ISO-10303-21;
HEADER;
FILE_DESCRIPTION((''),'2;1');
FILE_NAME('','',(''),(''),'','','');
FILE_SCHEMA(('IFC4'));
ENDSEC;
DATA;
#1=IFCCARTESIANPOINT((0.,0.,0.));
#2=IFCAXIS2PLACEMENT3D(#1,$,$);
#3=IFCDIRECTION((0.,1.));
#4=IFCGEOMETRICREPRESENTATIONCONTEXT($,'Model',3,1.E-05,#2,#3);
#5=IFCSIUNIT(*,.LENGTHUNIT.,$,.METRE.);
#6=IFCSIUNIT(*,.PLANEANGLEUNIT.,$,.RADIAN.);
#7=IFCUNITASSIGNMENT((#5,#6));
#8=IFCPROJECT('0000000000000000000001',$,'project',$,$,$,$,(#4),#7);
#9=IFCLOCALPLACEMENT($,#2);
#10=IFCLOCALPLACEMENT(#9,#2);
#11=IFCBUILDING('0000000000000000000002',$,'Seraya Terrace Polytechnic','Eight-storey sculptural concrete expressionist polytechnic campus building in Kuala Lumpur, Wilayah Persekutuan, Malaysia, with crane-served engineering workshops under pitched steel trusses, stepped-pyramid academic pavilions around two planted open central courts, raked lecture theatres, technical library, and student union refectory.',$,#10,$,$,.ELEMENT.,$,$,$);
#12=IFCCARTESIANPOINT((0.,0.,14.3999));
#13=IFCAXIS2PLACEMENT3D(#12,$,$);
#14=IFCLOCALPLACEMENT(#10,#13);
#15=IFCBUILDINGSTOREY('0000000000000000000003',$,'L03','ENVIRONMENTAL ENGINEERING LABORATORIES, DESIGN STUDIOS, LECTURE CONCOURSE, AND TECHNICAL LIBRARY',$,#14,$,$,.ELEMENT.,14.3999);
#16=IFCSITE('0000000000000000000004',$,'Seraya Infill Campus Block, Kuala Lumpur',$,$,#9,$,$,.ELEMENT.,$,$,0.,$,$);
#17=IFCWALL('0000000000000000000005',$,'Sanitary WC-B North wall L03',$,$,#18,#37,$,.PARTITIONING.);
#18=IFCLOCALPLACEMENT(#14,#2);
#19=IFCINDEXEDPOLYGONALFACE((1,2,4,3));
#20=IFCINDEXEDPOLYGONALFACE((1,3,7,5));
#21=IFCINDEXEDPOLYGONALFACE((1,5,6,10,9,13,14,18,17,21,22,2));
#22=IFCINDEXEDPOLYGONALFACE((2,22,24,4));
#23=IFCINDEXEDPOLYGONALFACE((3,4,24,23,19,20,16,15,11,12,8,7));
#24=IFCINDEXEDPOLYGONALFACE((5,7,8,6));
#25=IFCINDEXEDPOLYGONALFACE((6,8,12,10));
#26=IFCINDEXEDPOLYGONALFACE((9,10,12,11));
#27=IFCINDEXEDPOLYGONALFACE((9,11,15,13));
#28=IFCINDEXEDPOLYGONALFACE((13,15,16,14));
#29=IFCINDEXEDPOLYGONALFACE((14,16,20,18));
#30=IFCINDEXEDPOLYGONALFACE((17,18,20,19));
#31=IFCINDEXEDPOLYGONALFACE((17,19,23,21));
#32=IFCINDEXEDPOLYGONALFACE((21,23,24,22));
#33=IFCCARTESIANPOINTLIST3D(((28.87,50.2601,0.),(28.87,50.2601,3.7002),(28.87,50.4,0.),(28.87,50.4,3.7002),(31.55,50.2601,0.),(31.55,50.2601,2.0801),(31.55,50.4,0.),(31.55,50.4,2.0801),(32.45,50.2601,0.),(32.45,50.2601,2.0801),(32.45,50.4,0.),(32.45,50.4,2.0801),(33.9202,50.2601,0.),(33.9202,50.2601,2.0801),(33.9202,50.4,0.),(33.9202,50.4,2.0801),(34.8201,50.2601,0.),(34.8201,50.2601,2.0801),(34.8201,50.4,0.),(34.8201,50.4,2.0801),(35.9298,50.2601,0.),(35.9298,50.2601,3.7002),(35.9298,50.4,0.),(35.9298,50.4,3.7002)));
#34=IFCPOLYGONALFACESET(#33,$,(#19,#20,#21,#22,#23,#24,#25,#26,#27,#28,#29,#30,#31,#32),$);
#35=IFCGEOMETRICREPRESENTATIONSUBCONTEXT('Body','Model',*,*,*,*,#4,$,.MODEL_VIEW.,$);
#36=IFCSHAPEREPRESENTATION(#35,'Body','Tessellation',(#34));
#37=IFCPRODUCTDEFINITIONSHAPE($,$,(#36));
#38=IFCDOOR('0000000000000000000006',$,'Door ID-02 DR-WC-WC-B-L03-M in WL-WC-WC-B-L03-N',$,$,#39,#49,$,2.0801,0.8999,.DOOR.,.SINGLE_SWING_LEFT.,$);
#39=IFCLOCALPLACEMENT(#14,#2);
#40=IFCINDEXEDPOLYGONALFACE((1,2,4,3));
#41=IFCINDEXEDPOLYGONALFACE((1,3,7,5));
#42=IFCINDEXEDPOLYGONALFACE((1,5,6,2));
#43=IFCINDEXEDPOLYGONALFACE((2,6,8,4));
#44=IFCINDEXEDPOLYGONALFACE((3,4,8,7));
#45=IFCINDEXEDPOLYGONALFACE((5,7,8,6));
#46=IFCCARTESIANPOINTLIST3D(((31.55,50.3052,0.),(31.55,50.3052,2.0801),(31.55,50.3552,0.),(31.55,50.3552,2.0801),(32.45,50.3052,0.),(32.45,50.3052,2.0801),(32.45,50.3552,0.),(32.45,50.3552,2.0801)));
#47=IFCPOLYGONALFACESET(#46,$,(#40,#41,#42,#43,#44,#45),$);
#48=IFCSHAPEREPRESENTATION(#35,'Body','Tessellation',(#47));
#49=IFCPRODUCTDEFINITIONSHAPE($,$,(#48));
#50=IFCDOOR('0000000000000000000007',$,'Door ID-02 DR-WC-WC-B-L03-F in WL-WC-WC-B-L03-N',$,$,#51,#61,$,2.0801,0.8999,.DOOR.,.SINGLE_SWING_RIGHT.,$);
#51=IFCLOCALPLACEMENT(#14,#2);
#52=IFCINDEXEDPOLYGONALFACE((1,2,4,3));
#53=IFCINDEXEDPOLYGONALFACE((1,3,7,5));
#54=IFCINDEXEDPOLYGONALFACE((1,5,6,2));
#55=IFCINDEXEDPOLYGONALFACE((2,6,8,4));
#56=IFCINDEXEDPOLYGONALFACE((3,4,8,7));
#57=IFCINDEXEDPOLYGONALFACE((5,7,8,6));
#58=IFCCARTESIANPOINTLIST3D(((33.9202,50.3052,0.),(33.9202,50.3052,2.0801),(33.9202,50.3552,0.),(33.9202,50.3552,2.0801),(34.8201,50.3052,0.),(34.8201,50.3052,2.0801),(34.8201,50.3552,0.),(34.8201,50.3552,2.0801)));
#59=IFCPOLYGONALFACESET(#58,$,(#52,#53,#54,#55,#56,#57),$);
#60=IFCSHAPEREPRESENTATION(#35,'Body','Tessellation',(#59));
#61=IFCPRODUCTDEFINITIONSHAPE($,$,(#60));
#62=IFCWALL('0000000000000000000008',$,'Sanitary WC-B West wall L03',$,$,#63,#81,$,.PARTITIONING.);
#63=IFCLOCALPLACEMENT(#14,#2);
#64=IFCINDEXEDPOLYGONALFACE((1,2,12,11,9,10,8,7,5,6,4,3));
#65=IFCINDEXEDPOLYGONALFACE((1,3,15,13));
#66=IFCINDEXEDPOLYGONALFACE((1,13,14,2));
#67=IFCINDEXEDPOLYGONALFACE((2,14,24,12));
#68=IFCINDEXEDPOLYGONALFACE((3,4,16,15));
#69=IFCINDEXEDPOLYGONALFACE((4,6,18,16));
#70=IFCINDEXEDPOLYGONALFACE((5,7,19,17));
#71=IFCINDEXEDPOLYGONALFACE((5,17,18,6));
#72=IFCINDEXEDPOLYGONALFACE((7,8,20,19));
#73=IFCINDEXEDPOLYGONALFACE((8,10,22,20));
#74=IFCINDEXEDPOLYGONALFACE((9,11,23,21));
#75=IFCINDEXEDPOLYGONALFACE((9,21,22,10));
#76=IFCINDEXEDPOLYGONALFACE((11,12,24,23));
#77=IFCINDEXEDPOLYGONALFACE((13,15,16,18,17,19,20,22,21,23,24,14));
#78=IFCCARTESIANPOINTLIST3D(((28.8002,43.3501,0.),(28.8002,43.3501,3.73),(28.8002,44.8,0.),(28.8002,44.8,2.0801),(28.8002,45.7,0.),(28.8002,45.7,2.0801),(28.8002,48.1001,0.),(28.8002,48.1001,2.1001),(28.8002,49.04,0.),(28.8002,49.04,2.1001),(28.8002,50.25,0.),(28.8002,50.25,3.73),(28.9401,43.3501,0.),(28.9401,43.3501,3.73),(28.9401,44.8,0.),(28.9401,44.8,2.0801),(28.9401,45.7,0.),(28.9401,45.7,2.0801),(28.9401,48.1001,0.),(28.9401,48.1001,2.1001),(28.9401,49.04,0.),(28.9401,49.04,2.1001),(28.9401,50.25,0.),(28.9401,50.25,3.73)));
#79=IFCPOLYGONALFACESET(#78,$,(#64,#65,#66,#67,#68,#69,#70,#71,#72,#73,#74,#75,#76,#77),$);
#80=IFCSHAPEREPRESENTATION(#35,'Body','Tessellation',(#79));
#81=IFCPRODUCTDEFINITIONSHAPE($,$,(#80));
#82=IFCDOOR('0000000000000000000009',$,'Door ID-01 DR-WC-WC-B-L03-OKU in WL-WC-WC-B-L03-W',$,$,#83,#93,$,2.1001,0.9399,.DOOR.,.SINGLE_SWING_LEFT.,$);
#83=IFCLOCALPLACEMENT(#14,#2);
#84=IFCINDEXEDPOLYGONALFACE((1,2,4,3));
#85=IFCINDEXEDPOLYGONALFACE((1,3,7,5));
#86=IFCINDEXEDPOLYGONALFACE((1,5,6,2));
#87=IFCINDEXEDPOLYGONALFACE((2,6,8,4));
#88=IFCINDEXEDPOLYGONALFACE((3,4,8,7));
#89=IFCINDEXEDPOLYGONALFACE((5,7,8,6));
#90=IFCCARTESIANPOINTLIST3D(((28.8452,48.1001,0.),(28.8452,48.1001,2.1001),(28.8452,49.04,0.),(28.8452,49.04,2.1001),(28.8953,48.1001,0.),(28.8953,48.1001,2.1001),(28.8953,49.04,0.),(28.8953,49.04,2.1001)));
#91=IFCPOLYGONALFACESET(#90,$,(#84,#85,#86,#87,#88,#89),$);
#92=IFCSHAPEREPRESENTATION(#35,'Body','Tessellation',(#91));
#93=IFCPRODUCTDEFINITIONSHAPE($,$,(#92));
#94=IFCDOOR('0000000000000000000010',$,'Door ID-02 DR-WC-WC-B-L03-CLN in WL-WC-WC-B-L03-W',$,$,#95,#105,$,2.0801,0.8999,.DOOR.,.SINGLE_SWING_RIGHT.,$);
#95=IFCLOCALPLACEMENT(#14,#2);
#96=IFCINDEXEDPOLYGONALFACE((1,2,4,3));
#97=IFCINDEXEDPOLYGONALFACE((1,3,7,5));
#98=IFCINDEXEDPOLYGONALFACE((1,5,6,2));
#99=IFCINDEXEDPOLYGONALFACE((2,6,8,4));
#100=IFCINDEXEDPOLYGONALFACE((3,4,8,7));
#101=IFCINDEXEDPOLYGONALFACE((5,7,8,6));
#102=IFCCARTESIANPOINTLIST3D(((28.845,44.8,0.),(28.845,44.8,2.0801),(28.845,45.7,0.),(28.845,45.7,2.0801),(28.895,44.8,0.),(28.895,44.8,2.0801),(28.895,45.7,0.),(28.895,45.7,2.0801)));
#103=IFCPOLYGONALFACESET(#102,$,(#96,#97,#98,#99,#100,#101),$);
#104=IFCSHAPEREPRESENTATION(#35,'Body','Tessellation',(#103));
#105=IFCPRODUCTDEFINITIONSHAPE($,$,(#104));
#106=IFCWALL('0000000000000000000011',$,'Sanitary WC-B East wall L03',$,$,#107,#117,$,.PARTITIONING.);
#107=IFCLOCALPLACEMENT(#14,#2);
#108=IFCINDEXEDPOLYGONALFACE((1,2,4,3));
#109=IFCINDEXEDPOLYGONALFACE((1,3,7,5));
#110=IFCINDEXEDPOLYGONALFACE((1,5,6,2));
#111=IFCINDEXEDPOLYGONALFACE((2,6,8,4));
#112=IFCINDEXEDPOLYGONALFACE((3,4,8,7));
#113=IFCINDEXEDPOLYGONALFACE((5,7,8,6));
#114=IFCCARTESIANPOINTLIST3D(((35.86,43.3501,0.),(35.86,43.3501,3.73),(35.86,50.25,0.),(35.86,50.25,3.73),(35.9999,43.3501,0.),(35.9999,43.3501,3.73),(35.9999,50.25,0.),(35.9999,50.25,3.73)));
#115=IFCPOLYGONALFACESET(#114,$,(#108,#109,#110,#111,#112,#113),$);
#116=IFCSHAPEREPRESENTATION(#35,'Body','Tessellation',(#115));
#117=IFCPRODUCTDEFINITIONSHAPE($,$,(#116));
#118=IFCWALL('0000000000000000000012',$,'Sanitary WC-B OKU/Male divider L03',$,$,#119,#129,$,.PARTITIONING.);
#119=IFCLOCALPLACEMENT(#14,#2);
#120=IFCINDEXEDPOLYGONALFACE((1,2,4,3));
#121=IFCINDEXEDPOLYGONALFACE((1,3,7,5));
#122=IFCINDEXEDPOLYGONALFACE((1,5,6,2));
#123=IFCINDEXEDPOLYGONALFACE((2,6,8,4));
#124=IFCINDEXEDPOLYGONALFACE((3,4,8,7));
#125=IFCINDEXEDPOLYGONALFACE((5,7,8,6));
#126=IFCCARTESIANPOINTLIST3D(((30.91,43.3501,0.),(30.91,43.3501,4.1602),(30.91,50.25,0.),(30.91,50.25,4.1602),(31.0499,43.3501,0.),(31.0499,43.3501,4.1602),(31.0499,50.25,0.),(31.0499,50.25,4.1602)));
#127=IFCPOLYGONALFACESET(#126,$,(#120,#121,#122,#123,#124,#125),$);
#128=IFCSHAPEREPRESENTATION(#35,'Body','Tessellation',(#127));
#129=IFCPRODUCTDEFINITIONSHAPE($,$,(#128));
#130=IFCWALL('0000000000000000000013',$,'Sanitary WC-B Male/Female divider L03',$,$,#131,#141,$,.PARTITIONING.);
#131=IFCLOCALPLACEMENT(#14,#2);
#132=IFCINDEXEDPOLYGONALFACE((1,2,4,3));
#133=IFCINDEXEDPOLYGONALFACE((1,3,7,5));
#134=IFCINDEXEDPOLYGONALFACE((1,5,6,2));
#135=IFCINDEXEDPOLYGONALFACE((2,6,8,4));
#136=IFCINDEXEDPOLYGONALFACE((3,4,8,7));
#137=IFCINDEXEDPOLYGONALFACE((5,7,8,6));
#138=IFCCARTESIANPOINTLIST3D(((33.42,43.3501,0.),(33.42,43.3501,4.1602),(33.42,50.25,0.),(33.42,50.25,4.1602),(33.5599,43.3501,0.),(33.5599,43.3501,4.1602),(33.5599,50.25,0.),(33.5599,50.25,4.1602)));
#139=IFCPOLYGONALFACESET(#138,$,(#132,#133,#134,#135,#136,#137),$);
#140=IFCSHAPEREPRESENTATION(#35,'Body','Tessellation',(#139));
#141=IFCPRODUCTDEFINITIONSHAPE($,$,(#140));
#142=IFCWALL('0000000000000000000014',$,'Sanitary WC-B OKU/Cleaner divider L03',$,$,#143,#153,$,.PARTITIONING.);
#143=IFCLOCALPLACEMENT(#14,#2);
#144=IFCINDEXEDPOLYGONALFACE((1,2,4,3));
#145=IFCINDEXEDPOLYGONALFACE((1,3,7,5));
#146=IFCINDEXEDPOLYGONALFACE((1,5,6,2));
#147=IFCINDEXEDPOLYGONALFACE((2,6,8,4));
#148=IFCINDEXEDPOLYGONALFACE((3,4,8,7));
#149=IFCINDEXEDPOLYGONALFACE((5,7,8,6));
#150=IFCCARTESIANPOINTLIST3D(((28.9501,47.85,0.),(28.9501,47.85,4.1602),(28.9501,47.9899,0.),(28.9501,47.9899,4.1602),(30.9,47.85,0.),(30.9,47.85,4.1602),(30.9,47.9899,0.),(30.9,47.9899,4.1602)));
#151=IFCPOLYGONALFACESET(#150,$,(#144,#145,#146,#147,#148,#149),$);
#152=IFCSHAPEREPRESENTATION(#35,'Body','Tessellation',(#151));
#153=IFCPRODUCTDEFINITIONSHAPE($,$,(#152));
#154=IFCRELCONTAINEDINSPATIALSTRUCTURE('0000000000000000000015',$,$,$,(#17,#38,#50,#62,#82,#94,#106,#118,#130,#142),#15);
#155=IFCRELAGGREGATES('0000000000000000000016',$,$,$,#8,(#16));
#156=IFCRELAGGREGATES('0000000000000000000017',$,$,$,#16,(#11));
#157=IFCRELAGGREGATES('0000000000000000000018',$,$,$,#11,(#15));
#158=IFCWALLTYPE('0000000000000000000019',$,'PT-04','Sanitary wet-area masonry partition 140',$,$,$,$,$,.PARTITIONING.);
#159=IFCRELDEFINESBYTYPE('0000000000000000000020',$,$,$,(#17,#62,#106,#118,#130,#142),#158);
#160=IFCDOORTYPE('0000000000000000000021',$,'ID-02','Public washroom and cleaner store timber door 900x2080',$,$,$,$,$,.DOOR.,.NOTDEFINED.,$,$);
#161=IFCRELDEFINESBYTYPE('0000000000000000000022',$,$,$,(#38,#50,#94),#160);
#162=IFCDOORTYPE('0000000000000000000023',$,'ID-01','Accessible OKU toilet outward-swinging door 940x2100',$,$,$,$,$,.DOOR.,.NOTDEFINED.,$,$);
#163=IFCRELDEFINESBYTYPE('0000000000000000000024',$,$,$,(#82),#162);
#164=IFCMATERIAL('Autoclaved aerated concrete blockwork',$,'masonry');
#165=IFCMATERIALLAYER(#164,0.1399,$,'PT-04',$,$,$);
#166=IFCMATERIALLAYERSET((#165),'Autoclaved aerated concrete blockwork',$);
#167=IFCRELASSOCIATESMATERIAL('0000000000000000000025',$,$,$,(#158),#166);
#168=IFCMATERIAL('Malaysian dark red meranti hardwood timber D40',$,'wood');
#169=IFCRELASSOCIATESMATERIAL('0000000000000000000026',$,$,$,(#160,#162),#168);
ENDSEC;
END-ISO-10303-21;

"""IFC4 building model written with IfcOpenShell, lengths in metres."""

from ifc_helpers import new_model, si_unit, direction, frame, frame_2d, origin, place, context, subcontext, project, spatial, rectangle, extrude, material, layer, layer_set, type_object, element, fill, save


model = new_model("IFC4")

# Units and contexts
model_context = context("Model", 3, precision=1e-05, world=origin(), true_north=direction((0.0, 1.0)))
body_context = subcontext(model_context, "Body", "Model", "MODEL_VIEW")
ifc_project = project(units=[si_unit("LENGTHUNIT", "METRE"), si_unit("PLANEANGLEUNIT", "RADIAN")], contexts=[model_context])

# Site, building, storey
site_placement = place(None, origin())
site = spatial("IfcSite", under=ifc_project, at=site_placement, Name="Seraya Infill Campus Block, Kuala Lumpur", CompositionType="ELEMENT", RefElevation=0.0)
building_placement = place(site_placement, origin())
building = spatial("IfcBuilding", under=site, at=building_placement, Name="Seraya Terrace Polytechnic", Description="Eight-storey sculptural concrete expressionist polytechnic campus building in Kuala Lumpur, Wilayah Persekutuan, Malaysia, with crane-served engineering workshops under pitched steel trusses, stepped-pyramid academic pavilions around two planted open central courts, raked lecture theatres, technical library, and student union refectory.", CompositionType="ELEMENT")
storey_placement = place(building_placement, frame((0.0, 0.0, 14.3999)))
storey = spatial("IfcBuildingStorey", under=building, at=storey_placement, Name="L03", Description="ENVIRONMENTAL ENGINEERING LABORATORIES, DESIGN STUDIOS, LECTURE CONCOURSE, AND TECHNICAL LIBRARY", CompositionType="ELEMENT", Elevation=14.3999)

# Shared definitions
ifc_material_1 = material(Name="Autoclaved aerated concrete blockwork", Category="masonry")
ifc_layer = layer(ifc_material_1, 0.1399, Name="PT-04")
ifc_layer_set = layer_set([ifc_layer], Name="Autoclaved aerated concrete blockwork")
wall_type = type_object("IfcWallType", Name="PT-04", Description="Sanitary wet-area masonry partition 140", PredefinedType="PARTITIONING", material=ifc_layer_set)

# Walls, openings, doors
wall_1_placement = place(storey_placement, frame((28.8701, 50.3301, 0.0), z_axis=(0.0, 0.0, 1.0), x_axis=(1.0, 0.0, 0.0)))
wall_1 = element("IfcWall", 1, at=wall_1_placement, inside=storey, type_object=wall_type, Name="Sanitary WC-B North wall L03", PredefinedType="PARTITIONING", context=body_context, shape_type="SweptSolid", body=[
    extrude(rectangle(XDim=7.0598, YDim=0.1399, at=frame_2d((3.5298, 0.0))), origin(), (0.0, 0.0, 1.0), 3.7002),
])
opening_1_placement = place(wall_1_placement, frame((2.6799, 0.0, 0.0)))
opening_1 = element("IfcOpeningElement", 2, at=opening_1_placement, cuts=wall_1, PredefinedType="OPENING", context=body_context, shape_type="SweptSolid", body=[
    extrude(rectangle(XDim=0.8999, YDim=2.0801, at=frame_2d((0.45, 1.04))), frame((0.0, 0.082, 0.0), z_axis=(0.0, -1.0, 0.0), x_axis=(1.0, 0.0, 0.0)), (0.0, 0.0, 1.0), 0.1638),
])
opening_2_placement = place(wall_1_placement, frame((5.05, 0.0, 0.0)))
opening_2 = element("IfcOpeningElement", 3, at=opening_2_placement, cuts=wall_1, PredefinedType="OPENING", context=body_context, shape_type="SweptSolid", body=[
    extrude(rectangle(XDim=0.8999, YDim=2.0801, at=frame_2d((0.45, 1.04))), frame((0.0, 0.082, 0.0), z_axis=(0.0, -1.0, 0.0), x_axis=(1.0, 0.0, 0.0)), (0.0, 0.0, 1.0), 0.1638),
])
ifc_material_2 = material(Name="Malaysian dark red meranti hardwood timber D40", Category="wood")
door_type_1 = type_object("IfcDoorType", Name="ID-02", Description="Public washroom and cleaner store timber door 900x2080", OperationType="NOTDEFINED", PredefinedType="DOOR", material=ifc_material_2)
door_1_placement = place(opening_1_placement, frame((0.8999, 0.0, 0.0), z_axis=(0.0, 0.0, 1.0), x_axis=(-1.0, 0.0, 0.0)))
door_1 = element("IfcDoor", 4, at=door_1_placement, inside=storey, type_object=door_type_1, Name="Door ID-02 DR-WC-WC-B-L03-M in WL-WC-WC-B-L03-N", OperationType="SINGLE_SWING_LEFT", OverallHeight=2.0801, OverallWidth=0.8999, PredefinedType="DOOR", context=body_context, shape_type="SweptSolid", body=[
    extrude(rectangle(XDim=0.8999, YDim=2.0801, at=frame_2d((0.45, 1.04))), frame((0.0, 0.0249, 0.0), z_axis=(0.0, -1.0, 0.0), x_axis=(1.0, 0.0, 0.0)), (0.0, 0.0, 1.0), 0.05),
])
fill(opening_1, door_1)
door_2_placement = place(opening_2_placement, frame((0.8999, 0.0, 0.0), z_axis=(0.0, 0.0, 1.0), x_axis=(-1.0, 0.0, 0.0)))
door_2 = element("IfcDoor", 5, at=door_2_placement, inside=storey, type_object=door_type_1, Name="Door ID-02 DR-WC-WC-B-L03-F in WL-WC-WC-B-L03-N", OperationType="SINGLE_SWING_RIGHT", OverallHeight=2.0801, OverallWidth=0.8999, PredefinedType="DOOR", context=body_context, shape_type="SweptSolid", body=[
    extrude(rectangle(XDim=0.8999, YDim=2.0801, at=frame_2d((0.45, 1.04))), frame((0.0, 0.0249, 0.0), z_axis=(0.0, -1.0, 0.0), x_axis=(1.0, 0.0, 0.0)), (0.0, 0.0, 1.0), 0.05),
])
fill(opening_2, door_2)
wall_2_placement = place(storey_placement, frame((28.8701, 43.3501, 0.0), z_axis=(0.0, 0.0, 1.0), x_axis=(0.0, 1.0, 0.0)))
wall_2 = element("IfcWall", 6, at=wall_2_placement, inside=storey, type_object=wall_type, Name="Sanitary WC-B West wall L03", PredefinedType="PARTITIONING", context=body_context, shape_type="SweptSolid", body=[
    extrude(rectangle(XDim=6.8999, YDim=0.1399, at=frame_2d((3.45, 0.0))), origin(), (0.0, 0.0, 1.0), 3.73),
])
opening_3_placement = place(wall_2_placement, frame((1.45, 0.0, 0.0)))
opening_3 = element("IfcOpeningElement", 7, at=opening_3_placement, cuts=wall_2, PredefinedType="OPENING", context=body_context, shape_type="SweptSolid", body=[
    extrude(rectangle(XDim=0.8999, YDim=2.0801, at=frame_2d((0.45, 1.04))), frame((0.0, 0.082, 0.0), z_axis=(0.0, -1.0, 0.0), x_axis=(1.0, 0.0, 0.0)), (0.0, 0.0, 1.0), 0.1638),
])
opening_4_placement = place(wall_2_placement, frame((4.75, 0.0, 0.0)))
opening_4 = element("IfcOpeningElement", 8, at=opening_4_placement, cuts=wall_2, PredefinedType="OPENING", context=body_context, shape_type="SweptSolid", body=[
    extrude(rectangle(XDim=0.9399, YDim=2.1001, at=frame_2d((0.47, 1.05))), frame((0.0, 0.082, 0.0), z_axis=(0.0, -1.0, 0.0), x_axis=(1.0, 0.0, 0.0)), (0.0, 0.0, 1.0), 0.1638),
])
door_type_2 = type_object("IfcDoorType", Name="ID-01", Description="Accessible OKU toilet outward-swinging door 940x2100", OperationType="NOTDEFINED", PredefinedType="DOOR", material=ifc_material_2)
door_3_placement = place(opening_4_placement, origin())
door_3 = element("IfcDoor", 9, at=door_3_placement, inside=storey, type_object=door_type_2, Name="Door ID-01 DR-WC-WC-B-L03-OKU in WL-WC-WC-B-L03-W", OperationType="SINGLE_SWING_LEFT", OverallHeight=2.1001, OverallWidth=0.9399, PredefinedType="DOOR", context=body_context, shape_type="SweptSolid", body=[
    extrude(rectangle(XDim=0.9399, YDim=2.1001, at=frame_2d((0.47, 1.05))), frame((0.0, 0.0249, 0.0), z_axis=(0.0, -1.0, 0.0), x_axis=(1.0, 0.0, 0.0)), (0.0, 0.0, 1.0), 0.05),
])
fill(opening_4, door_3)
door_4_placement = place(opening_3_placement, frame((0.8999, 0.0, 0.0), z_axis=(0.0, 0.0, 1.0), x_axis=(-1.0, 0.0, 0.0)))
door_4 = element("IfcDoor", 10, at=door_4_placement, inside=storey, type_object=door_type_1, Name="Door ID-02 DR-WC-WC-B-L03-CLN in WL-WC-WC-B-L03-W", OperationType="SINGLE_SWING_RIGHT", OverallHeight=2.0801, OverallWidth=0.8999, PredefinedType="DOOR", context=body_context, shape_type="SweptSolid", body=[
    extrude(rectangle(XDim=0.8999, YDim=2.0801, at=frame_2d((0.45, 1.04))), frame((0.0, 0.0249, 0.0), z_axis=(0.0, -1.0, 0.0), x_axis=(1.0, 0.0, 0.0)), (0.0, 0.0, 1.0), 0.05),
])
fill(opening_3, door_4)

# Walls
wall_3_placement = place(storey_placement, frame((35.9299, 43.3501, 0.0), z_axis=(0.0, 0.0, 1.0), x_axis=(0.0, 1.0, 0.0)))
element("IfcWall", 11, at=wall_3_placement, inside=storey, type_object=wall_type, Name="Sanitary WC-B East wall L03", PredefinedType="PARTITIONING", context=body_context, shape_type="SweptSolid", body=[
    extrude(rectangle(XDim=6.8999, YDim=0.1399, at=frame_2d((3.45, 0.0))), origin(), (0.0, 0.0, 1.0), 3.73),
])
for number, where, z_axis, x_axis, name in (
    (12, (30.98, 43.3501, 0.0), (0.0, 0.0, 1.0), (0.0, 1.0, 0.0), "Sanitary WC-B OKU/Male divider L03"),
    (13, (33.49, 43.3501, 0.0), (0.0, 0.0, 1.0), (0.0, 1.0, 0.0), "Sanitary WC-B Male/Female divider L03"),
):
    element("IfcWall", number, at=place(storey_placement, frame(where, z_axis=z_axis, x_axis=x_axis)), inside=storey, type_object=wall_type, Name=name, PredefinedType="PARTITIONING", context=body_context, shape_type="SweptSolid", body=[
        extrude(rectangle(XDim=6.8999, YDim=0.1399, at=frame_2d((3.45, 0.0))), origin(), (0.0, 0.0, 1.0), 4.1602),
    ])
wall_4_placement = place(storey_placement, frame((28.95, 47.9199, 0.0), z_axis=(0.0, 0.0, 1.0), x_axis=(1.0, 0.0, 0.0)))
element("IfcWall", 14, at=wall_4_placement, inside=storey, type_object=wall_type, Name="Sanitary WC-B OKU/Cleaner divider L03", PredefinedType="PARTITIONING", context=body_context, shape_type="SweptSolid", body=[
    extrude(rectangle(XDim=1.95, YDim=0.1399, at=frame_2d((0.9751, 0.0))), origin(), (0.0, 0.0, 1.0), 4.1602),
])

save(model, "model.ifc")
